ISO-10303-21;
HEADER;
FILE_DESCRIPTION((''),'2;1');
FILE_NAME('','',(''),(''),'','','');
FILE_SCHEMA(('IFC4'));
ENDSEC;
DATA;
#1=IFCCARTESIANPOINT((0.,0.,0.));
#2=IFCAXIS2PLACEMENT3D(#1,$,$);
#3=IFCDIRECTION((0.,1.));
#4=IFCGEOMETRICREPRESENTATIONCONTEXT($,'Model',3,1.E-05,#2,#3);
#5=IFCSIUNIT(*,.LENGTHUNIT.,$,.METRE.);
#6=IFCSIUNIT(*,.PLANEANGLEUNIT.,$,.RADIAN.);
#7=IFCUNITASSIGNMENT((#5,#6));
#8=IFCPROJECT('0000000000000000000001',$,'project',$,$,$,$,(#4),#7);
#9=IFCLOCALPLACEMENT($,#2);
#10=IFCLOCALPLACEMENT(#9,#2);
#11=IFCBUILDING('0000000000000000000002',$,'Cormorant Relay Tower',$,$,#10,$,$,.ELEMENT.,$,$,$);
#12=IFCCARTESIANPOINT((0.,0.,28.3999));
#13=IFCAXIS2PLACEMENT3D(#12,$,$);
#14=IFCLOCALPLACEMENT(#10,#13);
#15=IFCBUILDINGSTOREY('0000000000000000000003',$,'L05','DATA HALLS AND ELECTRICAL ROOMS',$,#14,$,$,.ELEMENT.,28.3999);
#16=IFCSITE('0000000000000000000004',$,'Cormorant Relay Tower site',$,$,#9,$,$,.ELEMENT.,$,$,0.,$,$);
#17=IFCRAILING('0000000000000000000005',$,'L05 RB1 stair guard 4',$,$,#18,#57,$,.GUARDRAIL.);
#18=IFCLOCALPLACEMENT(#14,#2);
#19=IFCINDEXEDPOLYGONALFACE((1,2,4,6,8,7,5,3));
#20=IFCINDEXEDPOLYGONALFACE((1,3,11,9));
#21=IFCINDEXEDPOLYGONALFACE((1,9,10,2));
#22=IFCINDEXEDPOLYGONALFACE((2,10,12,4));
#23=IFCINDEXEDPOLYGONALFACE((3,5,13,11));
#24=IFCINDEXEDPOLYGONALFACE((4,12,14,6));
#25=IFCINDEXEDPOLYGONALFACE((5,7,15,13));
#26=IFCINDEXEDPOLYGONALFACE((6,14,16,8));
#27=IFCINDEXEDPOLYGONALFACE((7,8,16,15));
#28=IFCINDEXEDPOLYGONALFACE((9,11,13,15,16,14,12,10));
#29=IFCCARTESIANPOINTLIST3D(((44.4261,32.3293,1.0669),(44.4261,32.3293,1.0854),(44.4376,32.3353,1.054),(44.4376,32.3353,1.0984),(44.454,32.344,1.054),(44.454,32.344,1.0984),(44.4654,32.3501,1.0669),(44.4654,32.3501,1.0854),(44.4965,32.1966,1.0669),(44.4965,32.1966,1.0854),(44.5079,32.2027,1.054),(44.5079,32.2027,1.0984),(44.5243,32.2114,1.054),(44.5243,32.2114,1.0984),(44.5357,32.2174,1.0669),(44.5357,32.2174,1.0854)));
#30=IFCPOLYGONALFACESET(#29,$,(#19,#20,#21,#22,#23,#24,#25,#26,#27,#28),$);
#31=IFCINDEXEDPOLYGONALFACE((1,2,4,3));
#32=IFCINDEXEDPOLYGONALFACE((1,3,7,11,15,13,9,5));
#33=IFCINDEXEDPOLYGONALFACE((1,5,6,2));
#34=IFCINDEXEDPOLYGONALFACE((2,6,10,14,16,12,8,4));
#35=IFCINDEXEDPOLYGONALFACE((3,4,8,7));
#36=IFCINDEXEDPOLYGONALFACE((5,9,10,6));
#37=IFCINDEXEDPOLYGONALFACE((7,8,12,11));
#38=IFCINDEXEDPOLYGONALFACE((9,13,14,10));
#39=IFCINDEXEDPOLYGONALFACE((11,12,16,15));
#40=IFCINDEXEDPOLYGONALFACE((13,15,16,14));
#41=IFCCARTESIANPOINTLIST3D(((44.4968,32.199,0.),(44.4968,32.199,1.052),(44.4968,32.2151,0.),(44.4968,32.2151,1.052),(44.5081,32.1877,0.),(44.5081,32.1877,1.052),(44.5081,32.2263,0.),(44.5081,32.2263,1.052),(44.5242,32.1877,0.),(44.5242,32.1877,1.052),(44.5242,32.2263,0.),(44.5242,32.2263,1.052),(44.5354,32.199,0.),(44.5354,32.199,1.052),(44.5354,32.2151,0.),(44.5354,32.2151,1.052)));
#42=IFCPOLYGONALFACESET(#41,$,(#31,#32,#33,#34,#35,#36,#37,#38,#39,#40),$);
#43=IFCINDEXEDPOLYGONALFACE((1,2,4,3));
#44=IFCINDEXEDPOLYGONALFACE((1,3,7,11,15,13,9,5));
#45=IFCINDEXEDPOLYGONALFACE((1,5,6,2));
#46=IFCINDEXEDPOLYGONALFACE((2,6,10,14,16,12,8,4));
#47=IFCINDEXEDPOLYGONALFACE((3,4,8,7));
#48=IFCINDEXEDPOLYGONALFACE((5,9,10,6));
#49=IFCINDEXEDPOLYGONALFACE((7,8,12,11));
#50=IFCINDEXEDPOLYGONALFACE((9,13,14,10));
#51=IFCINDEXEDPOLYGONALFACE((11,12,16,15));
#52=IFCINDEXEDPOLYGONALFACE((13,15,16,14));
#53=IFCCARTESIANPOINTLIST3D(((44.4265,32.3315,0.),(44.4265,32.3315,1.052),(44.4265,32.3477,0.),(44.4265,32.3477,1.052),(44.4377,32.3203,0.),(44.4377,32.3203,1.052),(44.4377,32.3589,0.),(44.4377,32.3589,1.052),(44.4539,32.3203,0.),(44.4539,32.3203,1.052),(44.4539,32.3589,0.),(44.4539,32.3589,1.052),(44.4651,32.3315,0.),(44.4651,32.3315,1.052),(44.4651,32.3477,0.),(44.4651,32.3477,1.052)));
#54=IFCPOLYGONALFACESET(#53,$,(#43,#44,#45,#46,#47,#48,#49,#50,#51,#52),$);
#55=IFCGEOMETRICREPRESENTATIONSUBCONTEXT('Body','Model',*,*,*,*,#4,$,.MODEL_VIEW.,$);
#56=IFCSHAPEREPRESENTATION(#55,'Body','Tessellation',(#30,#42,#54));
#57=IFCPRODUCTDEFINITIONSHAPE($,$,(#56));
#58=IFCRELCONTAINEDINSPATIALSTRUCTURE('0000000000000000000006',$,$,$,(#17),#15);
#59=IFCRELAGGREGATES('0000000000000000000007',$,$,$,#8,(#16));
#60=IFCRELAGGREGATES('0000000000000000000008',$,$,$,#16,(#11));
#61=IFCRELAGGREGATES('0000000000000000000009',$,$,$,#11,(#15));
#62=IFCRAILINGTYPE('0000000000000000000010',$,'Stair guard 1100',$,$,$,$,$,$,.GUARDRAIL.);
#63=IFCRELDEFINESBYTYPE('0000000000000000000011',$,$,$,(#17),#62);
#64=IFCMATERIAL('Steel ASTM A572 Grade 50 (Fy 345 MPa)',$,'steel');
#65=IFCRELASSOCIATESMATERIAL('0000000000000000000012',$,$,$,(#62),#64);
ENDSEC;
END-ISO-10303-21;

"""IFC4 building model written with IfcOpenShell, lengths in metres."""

from ifc_helpers import new_model, si_unit, direction, frame, origin, place, context, subcontext, project, spatial, polyline, outline, extrude, material, type_object, element, save


model = new_model("IFC4")

# Units and contexts
model_context = context("Model", 3, precision=1e-05, world=origin(), true_north=direction((0.0, 1.0)))
body_context = subcontext(model_context, "Body", "Model", "MODEL_VIEW")
ifc_project = project(units=[si_unit("LENGTHUNIT", "METRE"), si_unit("PLANEANGLEUNIT", "RADIAN")], contexts=[model_context])

# Site, building, storey
site_placement = place(None, origin())
site = spatial("IfcSite", under=ifc_project, at=site_placement, Name="Cormorant Relay Tower site", CompositionType="ELEMENT", RefElevation=0.0)
building_placement = place(site_placement, origin())
building = spatial("IfcBuilding", under=site, at=building_placement, Name="Cormorant Relay Tower", CompositionType="ELEMENT")
storey_placement = place(building_placement, frame((0.0, 0.0, 28.3999)))
storey = spatial("IfcBuildingStorey", under=building, at=storey_placement, Name="L05", Description="DATA HALLS AND ELECTRICAL ROOMS", CompositionType="ELEMENT", Elevation=28.3999)

# Railing
ifc_material_1 = material(Name="Steel ASTM A572 Grade 50 (Fy 345 MPa)", Category="steel")
railing_type = type_object("IfcRailingType", Name="Stair guard 1100", PredefinedType="GUARDRAIL", material=ifc_material_1)
railing_1_placement = place(storey_placement, frame((44.5161, 32.207, 0.0)))
element("IfcRailing", 1, at=railing_1_placement, inside=storey, type_object=railing_type, Name="L05 RB1 stair guard 4", PredefinedType="GUARDRAIL", context=body_context, shape_type="SweptSolid", body=[
    extrude(outline(polyline([(0.0222, 0.0093), (0.0093, 0.0222), (-0.0093, 0.0222), (-0.0222, 0.0093), (-0.0222, -0.0093), (-0.0093, -0.0222), (0.0093, -0.0222), (0.0222, -0.0093), (0.0222, 0.0093)])), frame((0.0, 0.0, 1.0762), z_axis=(-0.46856, 0.883431, 0.0), x_axis=(-0.883431, -0.46856, 0.0)), (0.0, 0.0, 1.0), 0.1501),
    extrude(outline(polyline([(0.0193, 0.0081), (0.0081, 0.0193), (-0.0081, 0.0193), (-0.0193, 0.0081), (-0.0193, -0.0081), (-0.0081, -0.0193), (0.0081, -0.0193), (0.0193, -0.0081), (0.0193, 0.0081)])), origin(), (0.0, 0.0, 1.0), 1.052),
    extrude(outline(polyline([(0.0193, 0.0081), (0.0081, 0.0193), (-0.0081, 0.0193), (-0.0193, 0.0081), (-0.0193, -0.0081), (-0.0081, -0.0193), (0.0081, -0.0193), (0.0193, -0.0081), (0.0193, 0.0081)])), frame((-0.0703, 0.1326, 0.0)), (0.0, 0.0, 1.0), 1.052),
])

save(model, "model.ifc")
